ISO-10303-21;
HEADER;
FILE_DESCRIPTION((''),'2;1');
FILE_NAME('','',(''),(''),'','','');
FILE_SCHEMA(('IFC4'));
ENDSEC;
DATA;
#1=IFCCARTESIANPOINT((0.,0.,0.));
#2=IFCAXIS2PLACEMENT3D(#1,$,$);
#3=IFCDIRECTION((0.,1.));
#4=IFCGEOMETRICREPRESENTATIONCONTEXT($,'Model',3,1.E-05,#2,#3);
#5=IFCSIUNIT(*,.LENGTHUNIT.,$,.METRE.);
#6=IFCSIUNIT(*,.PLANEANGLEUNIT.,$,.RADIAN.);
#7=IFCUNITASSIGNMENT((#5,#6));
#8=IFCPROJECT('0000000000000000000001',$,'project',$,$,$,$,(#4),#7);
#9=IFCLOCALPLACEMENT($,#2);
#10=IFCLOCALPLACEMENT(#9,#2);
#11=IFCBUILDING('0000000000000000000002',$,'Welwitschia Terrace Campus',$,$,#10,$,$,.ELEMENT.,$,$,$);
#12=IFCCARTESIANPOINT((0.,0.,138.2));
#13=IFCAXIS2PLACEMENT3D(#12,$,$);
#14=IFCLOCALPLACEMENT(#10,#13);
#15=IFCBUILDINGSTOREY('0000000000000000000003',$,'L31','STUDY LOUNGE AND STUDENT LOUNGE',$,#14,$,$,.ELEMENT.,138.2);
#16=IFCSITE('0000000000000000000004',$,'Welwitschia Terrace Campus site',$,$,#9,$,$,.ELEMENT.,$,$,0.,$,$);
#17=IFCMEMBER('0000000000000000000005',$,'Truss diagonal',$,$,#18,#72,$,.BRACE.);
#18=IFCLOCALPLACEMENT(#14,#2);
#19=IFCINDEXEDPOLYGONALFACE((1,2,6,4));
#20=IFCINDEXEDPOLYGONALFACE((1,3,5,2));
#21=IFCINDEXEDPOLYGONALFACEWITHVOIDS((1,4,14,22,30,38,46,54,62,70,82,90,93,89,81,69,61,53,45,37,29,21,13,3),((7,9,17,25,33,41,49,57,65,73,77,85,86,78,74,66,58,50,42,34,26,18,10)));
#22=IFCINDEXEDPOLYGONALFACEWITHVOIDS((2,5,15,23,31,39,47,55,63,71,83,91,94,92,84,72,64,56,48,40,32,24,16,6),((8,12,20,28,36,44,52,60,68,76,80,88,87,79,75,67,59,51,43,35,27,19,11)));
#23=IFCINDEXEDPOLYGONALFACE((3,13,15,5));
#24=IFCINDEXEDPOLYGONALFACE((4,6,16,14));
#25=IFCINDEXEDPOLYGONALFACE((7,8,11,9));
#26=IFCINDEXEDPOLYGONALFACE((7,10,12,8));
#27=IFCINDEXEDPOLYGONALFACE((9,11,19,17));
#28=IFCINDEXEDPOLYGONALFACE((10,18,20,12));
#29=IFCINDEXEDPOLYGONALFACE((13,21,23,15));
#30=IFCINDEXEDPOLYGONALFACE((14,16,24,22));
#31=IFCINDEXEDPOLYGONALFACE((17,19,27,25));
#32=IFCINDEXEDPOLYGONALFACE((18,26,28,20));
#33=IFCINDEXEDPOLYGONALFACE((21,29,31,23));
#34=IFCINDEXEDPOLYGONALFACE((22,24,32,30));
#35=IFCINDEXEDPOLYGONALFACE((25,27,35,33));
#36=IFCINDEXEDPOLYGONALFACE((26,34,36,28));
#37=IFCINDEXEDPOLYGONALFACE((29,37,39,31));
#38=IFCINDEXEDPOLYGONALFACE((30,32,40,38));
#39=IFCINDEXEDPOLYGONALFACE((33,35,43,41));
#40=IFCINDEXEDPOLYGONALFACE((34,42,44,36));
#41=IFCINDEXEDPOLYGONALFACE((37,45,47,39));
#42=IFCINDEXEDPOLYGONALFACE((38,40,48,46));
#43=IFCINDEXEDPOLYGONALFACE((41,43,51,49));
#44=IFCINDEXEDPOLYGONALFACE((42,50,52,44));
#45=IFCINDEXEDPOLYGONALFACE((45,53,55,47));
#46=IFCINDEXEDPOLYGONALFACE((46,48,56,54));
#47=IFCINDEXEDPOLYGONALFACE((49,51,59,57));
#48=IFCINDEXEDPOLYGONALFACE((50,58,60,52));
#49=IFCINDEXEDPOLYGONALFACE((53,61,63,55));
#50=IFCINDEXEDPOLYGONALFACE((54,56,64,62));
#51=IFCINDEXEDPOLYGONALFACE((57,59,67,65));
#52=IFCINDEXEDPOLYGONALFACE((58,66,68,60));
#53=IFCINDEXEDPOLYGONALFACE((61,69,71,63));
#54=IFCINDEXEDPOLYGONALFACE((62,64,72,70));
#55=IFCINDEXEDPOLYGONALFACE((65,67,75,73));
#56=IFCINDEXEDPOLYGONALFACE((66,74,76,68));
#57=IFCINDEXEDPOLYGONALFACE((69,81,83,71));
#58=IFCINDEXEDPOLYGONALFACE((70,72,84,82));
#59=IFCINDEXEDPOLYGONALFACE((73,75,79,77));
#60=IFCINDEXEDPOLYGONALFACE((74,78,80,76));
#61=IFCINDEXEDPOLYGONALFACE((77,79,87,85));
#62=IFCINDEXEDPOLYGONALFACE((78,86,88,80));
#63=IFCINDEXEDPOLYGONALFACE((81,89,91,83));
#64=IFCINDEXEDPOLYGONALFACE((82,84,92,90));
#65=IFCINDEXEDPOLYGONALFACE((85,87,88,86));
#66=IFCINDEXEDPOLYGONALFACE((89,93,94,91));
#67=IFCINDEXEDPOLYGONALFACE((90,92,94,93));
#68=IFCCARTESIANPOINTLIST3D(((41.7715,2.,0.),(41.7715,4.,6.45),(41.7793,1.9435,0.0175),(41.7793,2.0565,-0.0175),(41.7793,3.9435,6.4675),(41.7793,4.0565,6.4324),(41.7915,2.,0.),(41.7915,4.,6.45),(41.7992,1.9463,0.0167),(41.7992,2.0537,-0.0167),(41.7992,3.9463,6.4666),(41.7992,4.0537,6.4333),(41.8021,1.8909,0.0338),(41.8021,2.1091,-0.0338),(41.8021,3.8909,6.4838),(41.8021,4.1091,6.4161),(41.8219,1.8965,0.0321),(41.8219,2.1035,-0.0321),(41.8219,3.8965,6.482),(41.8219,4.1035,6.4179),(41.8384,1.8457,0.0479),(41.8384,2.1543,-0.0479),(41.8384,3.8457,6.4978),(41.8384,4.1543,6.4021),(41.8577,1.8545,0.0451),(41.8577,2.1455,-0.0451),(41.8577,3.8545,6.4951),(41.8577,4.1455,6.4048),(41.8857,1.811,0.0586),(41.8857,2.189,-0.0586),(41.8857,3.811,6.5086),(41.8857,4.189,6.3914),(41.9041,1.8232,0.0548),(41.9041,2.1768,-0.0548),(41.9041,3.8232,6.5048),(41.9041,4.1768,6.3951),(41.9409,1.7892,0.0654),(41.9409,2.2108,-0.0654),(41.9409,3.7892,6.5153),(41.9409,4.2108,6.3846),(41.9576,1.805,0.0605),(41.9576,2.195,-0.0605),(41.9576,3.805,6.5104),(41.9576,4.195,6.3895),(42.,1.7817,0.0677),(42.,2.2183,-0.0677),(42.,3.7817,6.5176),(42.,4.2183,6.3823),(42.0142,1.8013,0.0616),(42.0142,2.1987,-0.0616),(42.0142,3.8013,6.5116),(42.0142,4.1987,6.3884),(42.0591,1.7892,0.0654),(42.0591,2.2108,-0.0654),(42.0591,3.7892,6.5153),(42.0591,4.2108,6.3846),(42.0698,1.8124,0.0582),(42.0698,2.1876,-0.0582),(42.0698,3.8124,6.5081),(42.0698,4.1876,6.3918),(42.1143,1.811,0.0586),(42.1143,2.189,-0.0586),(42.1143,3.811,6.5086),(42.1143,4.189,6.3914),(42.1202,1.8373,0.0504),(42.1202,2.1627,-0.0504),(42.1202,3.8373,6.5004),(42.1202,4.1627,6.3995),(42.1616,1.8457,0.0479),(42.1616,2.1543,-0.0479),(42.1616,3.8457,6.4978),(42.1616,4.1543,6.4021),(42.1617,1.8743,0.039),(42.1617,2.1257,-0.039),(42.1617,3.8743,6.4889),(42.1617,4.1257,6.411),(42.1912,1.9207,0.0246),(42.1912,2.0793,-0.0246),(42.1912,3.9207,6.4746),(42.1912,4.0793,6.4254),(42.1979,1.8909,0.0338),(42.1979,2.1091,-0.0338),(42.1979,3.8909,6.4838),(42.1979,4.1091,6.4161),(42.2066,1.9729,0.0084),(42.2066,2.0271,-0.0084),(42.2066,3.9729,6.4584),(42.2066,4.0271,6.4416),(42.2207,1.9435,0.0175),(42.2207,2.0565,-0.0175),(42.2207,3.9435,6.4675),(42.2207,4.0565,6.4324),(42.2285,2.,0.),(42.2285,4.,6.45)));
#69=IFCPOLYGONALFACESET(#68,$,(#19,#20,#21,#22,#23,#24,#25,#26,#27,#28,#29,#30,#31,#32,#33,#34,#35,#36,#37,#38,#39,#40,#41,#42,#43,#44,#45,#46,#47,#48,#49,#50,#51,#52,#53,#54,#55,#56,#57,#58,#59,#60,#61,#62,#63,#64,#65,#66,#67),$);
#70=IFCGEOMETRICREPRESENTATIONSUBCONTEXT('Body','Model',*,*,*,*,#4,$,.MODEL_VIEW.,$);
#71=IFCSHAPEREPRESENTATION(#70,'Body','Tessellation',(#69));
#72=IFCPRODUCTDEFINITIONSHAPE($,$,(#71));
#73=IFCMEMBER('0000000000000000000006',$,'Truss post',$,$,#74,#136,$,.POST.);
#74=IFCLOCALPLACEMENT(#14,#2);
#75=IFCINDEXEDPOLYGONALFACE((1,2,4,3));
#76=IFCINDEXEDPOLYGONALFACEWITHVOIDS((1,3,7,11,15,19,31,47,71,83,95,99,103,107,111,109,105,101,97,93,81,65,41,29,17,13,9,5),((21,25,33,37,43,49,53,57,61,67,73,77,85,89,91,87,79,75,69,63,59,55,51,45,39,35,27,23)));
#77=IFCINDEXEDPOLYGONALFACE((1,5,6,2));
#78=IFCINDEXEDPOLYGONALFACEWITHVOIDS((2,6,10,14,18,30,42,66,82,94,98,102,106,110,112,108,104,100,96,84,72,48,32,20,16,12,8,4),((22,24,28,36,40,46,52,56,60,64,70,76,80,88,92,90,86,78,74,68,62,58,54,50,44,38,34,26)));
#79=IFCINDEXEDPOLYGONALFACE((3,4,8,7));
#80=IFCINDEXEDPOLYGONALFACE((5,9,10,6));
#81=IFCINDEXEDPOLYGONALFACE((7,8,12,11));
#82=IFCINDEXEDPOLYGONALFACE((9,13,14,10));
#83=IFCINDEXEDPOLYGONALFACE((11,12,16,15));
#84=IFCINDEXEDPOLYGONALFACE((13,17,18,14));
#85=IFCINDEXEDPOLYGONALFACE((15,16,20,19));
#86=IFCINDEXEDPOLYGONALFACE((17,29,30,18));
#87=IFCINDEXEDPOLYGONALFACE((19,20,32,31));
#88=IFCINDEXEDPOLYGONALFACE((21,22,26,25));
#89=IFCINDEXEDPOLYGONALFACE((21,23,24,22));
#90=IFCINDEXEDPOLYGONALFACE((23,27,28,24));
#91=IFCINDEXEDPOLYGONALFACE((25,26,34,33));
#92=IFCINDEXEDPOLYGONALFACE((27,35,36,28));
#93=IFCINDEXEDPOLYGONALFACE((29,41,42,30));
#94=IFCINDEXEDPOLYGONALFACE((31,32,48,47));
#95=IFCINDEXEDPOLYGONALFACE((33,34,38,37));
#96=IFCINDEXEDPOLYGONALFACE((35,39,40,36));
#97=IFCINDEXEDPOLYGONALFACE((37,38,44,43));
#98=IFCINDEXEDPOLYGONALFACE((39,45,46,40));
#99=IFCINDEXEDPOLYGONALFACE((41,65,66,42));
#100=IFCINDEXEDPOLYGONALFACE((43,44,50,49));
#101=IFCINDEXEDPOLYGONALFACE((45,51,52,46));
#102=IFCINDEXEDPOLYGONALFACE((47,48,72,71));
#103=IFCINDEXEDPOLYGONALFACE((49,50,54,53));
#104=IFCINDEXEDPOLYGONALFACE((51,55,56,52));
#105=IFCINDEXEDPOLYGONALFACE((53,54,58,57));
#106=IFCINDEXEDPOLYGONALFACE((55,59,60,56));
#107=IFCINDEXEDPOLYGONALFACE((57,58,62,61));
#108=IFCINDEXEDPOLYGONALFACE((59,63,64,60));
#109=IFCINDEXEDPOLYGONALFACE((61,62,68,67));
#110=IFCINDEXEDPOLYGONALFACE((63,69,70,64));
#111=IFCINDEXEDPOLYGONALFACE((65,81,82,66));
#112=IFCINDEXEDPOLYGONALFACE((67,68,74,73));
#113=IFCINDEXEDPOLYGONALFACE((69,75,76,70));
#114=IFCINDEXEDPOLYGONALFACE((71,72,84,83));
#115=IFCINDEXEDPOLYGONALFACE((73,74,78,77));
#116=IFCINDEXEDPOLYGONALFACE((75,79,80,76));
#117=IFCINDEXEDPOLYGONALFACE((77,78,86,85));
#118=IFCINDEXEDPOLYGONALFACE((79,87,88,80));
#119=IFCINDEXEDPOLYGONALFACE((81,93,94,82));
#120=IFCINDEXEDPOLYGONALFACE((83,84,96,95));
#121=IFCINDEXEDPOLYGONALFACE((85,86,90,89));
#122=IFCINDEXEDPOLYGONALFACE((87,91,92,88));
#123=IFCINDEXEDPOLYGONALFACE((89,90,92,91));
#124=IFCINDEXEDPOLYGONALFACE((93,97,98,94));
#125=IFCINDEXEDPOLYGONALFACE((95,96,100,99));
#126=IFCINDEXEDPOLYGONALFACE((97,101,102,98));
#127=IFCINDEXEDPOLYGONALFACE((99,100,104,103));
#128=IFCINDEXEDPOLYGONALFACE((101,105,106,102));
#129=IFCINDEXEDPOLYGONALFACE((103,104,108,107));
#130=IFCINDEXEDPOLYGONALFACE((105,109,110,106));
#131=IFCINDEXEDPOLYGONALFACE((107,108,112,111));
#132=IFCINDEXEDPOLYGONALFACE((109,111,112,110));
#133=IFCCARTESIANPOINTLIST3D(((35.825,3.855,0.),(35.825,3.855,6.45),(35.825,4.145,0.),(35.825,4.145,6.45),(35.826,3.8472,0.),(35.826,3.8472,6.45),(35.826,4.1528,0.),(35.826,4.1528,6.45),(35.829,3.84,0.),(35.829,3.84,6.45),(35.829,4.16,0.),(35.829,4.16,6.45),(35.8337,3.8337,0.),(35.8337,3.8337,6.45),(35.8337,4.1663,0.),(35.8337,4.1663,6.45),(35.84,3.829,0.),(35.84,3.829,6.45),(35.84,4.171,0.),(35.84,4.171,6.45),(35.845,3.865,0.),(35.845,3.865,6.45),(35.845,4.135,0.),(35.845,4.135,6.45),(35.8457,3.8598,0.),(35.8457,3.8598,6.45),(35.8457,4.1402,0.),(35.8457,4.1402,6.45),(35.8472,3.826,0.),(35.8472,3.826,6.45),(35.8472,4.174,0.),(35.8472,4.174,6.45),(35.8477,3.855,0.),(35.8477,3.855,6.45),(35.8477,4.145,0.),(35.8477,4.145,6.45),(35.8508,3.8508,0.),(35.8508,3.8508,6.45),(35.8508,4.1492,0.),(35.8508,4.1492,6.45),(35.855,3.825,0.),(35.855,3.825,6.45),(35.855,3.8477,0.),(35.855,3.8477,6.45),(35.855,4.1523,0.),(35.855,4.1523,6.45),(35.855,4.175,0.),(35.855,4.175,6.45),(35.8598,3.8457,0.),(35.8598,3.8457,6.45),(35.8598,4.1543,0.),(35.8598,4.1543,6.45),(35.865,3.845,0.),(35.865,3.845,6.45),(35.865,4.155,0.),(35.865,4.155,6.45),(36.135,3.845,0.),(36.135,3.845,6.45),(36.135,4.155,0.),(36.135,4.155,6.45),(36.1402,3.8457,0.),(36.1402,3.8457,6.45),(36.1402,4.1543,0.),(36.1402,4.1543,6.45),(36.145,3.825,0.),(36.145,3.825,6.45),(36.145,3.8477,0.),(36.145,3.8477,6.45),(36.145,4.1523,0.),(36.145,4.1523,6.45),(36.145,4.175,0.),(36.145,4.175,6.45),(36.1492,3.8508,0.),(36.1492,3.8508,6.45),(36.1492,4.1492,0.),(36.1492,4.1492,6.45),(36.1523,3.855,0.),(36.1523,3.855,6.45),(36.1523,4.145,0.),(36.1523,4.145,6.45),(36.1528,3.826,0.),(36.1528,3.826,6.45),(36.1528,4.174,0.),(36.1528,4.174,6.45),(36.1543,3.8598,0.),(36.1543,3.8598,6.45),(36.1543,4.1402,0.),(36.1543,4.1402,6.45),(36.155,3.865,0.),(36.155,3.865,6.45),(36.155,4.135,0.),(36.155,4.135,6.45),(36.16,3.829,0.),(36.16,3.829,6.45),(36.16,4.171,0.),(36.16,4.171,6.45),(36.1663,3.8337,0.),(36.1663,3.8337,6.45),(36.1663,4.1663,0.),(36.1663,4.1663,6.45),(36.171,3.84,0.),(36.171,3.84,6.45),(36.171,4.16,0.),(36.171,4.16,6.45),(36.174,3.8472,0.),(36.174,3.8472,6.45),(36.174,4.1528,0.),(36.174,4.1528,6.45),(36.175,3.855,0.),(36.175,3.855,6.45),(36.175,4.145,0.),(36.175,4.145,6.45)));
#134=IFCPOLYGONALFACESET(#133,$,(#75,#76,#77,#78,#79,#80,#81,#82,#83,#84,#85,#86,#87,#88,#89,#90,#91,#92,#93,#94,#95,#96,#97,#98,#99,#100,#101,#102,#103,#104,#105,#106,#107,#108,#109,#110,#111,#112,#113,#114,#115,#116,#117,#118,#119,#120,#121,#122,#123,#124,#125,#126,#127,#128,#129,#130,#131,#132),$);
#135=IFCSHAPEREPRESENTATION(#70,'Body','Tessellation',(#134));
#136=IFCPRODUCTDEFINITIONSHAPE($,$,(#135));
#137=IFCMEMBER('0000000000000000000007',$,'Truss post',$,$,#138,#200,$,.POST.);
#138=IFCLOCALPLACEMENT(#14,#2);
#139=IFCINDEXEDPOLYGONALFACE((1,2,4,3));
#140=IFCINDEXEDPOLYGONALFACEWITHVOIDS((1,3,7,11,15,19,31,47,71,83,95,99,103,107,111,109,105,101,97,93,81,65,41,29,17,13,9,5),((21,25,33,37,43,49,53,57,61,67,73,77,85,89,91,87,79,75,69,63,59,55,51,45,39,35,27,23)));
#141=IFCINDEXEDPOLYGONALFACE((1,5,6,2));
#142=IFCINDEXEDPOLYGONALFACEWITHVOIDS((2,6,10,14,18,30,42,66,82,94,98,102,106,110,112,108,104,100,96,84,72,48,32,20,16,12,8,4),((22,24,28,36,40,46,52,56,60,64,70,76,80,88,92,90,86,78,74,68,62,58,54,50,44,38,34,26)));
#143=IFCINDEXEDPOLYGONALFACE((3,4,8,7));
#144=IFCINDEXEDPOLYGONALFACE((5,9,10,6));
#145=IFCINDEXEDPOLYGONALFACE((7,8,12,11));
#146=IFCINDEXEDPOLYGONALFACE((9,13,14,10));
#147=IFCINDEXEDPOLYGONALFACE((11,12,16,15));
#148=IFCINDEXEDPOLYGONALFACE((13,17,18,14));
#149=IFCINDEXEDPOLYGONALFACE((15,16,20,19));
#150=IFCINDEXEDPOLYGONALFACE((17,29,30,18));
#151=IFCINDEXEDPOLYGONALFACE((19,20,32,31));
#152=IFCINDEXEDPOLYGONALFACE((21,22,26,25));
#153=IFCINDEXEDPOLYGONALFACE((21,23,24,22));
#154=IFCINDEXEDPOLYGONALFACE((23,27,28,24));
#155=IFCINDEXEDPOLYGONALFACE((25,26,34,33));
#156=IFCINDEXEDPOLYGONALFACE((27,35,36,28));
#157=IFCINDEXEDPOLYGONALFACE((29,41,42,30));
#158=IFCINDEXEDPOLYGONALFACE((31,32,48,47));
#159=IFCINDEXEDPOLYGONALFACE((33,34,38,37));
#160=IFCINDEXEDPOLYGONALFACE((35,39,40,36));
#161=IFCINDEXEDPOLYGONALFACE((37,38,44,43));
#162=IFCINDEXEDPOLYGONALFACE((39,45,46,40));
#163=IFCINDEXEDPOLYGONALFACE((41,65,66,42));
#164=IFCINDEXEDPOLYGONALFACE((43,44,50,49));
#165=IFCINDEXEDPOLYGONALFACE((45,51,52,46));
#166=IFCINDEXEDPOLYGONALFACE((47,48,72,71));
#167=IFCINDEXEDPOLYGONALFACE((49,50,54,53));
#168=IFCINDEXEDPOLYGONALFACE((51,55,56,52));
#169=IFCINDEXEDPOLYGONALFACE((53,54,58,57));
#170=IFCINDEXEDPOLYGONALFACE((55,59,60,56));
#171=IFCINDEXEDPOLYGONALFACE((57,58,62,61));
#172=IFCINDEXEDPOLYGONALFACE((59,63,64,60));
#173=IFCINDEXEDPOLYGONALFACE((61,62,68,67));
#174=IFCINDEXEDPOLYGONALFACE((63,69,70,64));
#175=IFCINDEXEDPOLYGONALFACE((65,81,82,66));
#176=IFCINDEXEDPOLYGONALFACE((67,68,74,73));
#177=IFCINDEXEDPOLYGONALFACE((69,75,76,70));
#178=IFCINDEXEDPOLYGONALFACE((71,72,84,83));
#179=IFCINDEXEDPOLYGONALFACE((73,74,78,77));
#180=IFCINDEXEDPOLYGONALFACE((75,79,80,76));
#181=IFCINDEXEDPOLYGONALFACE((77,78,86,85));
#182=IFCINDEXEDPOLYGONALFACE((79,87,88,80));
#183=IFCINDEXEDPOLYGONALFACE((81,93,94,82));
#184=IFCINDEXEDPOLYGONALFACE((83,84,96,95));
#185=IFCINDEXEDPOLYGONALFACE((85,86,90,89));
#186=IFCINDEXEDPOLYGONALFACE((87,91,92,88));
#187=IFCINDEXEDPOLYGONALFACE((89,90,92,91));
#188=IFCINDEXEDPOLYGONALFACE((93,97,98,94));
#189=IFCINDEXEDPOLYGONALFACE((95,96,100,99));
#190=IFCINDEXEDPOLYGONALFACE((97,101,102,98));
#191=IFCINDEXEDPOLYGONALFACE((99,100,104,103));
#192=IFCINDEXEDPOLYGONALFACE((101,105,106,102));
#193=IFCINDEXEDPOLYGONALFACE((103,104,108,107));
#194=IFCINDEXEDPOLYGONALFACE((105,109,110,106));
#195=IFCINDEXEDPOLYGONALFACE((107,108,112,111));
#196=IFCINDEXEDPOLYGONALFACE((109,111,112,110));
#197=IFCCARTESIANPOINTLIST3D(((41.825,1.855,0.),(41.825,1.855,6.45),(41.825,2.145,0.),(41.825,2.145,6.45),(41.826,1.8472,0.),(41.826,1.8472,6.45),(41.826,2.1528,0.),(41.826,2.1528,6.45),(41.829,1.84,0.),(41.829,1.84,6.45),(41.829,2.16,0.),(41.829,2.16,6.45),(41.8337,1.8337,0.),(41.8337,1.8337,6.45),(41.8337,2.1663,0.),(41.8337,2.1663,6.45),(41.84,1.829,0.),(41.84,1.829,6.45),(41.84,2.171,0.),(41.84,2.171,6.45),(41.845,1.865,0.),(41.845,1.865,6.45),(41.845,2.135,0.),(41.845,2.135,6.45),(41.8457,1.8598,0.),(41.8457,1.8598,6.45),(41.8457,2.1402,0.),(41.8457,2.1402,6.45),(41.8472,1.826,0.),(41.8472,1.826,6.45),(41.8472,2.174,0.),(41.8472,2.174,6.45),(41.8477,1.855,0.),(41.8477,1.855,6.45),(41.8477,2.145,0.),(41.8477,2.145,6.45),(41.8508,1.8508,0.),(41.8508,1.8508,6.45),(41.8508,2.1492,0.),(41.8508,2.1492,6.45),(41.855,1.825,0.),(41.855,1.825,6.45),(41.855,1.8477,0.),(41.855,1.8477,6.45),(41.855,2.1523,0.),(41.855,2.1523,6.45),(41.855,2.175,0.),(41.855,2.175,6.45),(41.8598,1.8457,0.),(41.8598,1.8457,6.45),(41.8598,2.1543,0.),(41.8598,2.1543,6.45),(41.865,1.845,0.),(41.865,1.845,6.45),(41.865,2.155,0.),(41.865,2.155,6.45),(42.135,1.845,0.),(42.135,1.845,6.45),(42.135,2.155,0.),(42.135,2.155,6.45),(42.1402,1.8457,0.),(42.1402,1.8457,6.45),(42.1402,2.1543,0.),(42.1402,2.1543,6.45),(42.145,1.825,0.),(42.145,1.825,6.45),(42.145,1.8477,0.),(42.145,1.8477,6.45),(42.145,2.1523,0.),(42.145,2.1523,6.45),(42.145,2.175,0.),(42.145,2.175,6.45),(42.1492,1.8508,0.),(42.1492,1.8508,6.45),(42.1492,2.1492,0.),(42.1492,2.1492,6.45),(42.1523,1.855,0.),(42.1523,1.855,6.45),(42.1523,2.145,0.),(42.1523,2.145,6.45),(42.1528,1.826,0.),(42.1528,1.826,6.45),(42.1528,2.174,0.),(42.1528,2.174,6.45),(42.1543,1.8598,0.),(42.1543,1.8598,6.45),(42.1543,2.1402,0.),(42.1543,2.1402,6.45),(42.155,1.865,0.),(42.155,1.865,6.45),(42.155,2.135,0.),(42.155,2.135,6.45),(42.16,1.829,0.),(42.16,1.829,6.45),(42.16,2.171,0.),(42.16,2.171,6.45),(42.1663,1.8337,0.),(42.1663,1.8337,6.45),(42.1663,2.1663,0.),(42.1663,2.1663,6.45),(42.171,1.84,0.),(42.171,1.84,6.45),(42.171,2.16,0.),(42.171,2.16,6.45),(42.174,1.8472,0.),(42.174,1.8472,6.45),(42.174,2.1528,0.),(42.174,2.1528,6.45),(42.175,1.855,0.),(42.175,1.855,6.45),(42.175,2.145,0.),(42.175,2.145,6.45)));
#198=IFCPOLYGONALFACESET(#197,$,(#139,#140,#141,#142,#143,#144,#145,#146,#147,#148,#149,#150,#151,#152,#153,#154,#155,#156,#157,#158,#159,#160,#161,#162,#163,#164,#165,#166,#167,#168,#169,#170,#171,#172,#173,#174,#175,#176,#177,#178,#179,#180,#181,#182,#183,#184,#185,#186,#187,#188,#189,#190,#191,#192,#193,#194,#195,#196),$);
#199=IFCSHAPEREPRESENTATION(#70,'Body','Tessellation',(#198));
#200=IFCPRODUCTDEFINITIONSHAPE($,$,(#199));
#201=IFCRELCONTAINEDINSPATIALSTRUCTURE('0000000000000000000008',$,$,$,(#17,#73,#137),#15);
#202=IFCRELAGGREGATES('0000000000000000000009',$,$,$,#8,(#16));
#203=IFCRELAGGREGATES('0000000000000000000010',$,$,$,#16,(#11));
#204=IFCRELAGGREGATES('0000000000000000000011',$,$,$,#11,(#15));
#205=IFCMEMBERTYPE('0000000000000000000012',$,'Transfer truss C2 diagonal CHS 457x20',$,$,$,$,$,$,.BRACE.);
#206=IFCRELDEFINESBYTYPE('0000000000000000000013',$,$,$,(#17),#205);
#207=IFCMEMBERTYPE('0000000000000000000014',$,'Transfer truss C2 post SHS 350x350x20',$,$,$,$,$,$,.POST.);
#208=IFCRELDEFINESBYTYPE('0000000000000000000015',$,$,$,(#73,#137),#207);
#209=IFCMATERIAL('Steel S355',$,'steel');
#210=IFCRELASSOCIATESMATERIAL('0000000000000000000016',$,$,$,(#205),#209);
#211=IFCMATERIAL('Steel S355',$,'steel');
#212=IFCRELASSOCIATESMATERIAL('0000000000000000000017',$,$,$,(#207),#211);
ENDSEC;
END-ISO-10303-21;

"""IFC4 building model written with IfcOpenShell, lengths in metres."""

from ifc_helpers import new_model, si_unit, direction, frame, origin, origin_2d, place, context, subcontext, project, spatial, hollow_rectangle, hollow_circle, extrude, material, material_profile, profile_set, type_object, element, save


model = new_model("IFC4")

# Units and contexts
model_context = context("Model", 3, precision=1e-05, world=origin(), true_north=direction((0.0, 1.0)))
body_context = subcontext(model_context, "Body", "Model", "MODEL_VIEW")
ifc_project = project(units=[si_unit("LENGTHUNIT", "METRE"), si_unit("PLANEANGLEUNIT", "RADIAN")], contexts=[model_context])

# Site, building, storey
site_placement = place(None, origin())
site = spatial("IfcSite", under=ifc_project, at=site_placement, Name="Welwitschia Terrace Campus site", CompositionType="ELEMENT", RefElevation=0.0)
building_placement = place(site_placement, origin())
building = spatial("IfcBuilding", under=site, at=building_placement, Name="Welwitschia Terrace Campus", CompositionType="ELEMENT")
storey_placement = place(building_placement, frame((0.0, 0.0, 138.2)))
storey = spatial("IfcBuildingStorey", under=building, at=storey_placement, Name="L31", Description="STUDY LOUNGE AND STUDENT LOUNGE", CompositionType="ELEMENT", Elevation=138.2)

# Members
ifc_material_1 = material(Name="Steel S355", Category="steel")
ifc_material_profile_1 = material_profile(ifc_material_1, hollow_circle(Radius=0.2285, WallThickness=0.02, at=origin_2d()))
ifc_profile_set_1 = profile_set([ifc_material_profile_1], Name="Steel S355")
member_type_1 = type_object("IfcMemberType", Name="Transfer truss C2 diagonal CHS 457x20", PredefinedType="BRACE", material=ifc_profile_set_1)
member_1_placement = place(storey_placement, frame((42.0, 2.0, 0.0), z_axis=(0.0, 0.296168, 0.955136), x_axis=(-1.0, 0.0, 0.0)))
element("IfcMember", 1, at=member_1_placement, inside=storey, type_object=member_type_1, Name="Truss diagonal", PredefinedType="BRACE", context=body_context, shape_type="SweptSolid", body=[
    extrude(hollow_circle(Radius=0.2285, WallThickness=0.02, at=origin_2d()), origin(), (0.0, 0.0, 1.0), 6.7529),
])
ifc_material_2 = material(Name="Steel S355", Category="steel")
ifc_material_profile_2 = material_profile(ifc_material_2, hollow_rectangle(XDim=0.3501, YDim=0.3501, WallThickness=0.02, InnerFilletRadius=0.02, OuterFilletRadius=0.03, at=origin_2d()))
ifc_profile_set_2 = profile_set([ifc_material_profile_2], Name="Steel S355")
member_type_2 = type_object("IfcMemberType", Name="Transfer truss C2 post SHS 350x350x20", PredefinedType="POST", material=ifc_profile_set_2)
for number, where, z_axis, x_axis, name in (
    (2, (36.0, 4.0, 0.0), (0.0, 0.0, 1.0), (1.0, 0.0, 0.0), "Truss post"),
    (3, (42.0, 2.0, 0.0), (0.0, 0.0, 1.0), (1.0, 0.0, 0.0), "Truss post"),
):
    element("IfcMember", number, at=place(storey_placement, frame(where, z_axis=z_axis, x_axis=x_axis)), inside=storey, type_object=member_type_2, Name=name, PredefinedType="POST", context=body_context, shape_type="SweptSolid", body=[
        extrude(hollow_rectangle(XDim=0.3501, YDim=0.3501, WallThickness=0.02, InnerFilletRadius=0.02, OuterFilletRadius=0.03, at=origin_2d()), origin(), (0.0, 0.0, 1.0), 6.45),
    ])

save(model, "model.ifc")
